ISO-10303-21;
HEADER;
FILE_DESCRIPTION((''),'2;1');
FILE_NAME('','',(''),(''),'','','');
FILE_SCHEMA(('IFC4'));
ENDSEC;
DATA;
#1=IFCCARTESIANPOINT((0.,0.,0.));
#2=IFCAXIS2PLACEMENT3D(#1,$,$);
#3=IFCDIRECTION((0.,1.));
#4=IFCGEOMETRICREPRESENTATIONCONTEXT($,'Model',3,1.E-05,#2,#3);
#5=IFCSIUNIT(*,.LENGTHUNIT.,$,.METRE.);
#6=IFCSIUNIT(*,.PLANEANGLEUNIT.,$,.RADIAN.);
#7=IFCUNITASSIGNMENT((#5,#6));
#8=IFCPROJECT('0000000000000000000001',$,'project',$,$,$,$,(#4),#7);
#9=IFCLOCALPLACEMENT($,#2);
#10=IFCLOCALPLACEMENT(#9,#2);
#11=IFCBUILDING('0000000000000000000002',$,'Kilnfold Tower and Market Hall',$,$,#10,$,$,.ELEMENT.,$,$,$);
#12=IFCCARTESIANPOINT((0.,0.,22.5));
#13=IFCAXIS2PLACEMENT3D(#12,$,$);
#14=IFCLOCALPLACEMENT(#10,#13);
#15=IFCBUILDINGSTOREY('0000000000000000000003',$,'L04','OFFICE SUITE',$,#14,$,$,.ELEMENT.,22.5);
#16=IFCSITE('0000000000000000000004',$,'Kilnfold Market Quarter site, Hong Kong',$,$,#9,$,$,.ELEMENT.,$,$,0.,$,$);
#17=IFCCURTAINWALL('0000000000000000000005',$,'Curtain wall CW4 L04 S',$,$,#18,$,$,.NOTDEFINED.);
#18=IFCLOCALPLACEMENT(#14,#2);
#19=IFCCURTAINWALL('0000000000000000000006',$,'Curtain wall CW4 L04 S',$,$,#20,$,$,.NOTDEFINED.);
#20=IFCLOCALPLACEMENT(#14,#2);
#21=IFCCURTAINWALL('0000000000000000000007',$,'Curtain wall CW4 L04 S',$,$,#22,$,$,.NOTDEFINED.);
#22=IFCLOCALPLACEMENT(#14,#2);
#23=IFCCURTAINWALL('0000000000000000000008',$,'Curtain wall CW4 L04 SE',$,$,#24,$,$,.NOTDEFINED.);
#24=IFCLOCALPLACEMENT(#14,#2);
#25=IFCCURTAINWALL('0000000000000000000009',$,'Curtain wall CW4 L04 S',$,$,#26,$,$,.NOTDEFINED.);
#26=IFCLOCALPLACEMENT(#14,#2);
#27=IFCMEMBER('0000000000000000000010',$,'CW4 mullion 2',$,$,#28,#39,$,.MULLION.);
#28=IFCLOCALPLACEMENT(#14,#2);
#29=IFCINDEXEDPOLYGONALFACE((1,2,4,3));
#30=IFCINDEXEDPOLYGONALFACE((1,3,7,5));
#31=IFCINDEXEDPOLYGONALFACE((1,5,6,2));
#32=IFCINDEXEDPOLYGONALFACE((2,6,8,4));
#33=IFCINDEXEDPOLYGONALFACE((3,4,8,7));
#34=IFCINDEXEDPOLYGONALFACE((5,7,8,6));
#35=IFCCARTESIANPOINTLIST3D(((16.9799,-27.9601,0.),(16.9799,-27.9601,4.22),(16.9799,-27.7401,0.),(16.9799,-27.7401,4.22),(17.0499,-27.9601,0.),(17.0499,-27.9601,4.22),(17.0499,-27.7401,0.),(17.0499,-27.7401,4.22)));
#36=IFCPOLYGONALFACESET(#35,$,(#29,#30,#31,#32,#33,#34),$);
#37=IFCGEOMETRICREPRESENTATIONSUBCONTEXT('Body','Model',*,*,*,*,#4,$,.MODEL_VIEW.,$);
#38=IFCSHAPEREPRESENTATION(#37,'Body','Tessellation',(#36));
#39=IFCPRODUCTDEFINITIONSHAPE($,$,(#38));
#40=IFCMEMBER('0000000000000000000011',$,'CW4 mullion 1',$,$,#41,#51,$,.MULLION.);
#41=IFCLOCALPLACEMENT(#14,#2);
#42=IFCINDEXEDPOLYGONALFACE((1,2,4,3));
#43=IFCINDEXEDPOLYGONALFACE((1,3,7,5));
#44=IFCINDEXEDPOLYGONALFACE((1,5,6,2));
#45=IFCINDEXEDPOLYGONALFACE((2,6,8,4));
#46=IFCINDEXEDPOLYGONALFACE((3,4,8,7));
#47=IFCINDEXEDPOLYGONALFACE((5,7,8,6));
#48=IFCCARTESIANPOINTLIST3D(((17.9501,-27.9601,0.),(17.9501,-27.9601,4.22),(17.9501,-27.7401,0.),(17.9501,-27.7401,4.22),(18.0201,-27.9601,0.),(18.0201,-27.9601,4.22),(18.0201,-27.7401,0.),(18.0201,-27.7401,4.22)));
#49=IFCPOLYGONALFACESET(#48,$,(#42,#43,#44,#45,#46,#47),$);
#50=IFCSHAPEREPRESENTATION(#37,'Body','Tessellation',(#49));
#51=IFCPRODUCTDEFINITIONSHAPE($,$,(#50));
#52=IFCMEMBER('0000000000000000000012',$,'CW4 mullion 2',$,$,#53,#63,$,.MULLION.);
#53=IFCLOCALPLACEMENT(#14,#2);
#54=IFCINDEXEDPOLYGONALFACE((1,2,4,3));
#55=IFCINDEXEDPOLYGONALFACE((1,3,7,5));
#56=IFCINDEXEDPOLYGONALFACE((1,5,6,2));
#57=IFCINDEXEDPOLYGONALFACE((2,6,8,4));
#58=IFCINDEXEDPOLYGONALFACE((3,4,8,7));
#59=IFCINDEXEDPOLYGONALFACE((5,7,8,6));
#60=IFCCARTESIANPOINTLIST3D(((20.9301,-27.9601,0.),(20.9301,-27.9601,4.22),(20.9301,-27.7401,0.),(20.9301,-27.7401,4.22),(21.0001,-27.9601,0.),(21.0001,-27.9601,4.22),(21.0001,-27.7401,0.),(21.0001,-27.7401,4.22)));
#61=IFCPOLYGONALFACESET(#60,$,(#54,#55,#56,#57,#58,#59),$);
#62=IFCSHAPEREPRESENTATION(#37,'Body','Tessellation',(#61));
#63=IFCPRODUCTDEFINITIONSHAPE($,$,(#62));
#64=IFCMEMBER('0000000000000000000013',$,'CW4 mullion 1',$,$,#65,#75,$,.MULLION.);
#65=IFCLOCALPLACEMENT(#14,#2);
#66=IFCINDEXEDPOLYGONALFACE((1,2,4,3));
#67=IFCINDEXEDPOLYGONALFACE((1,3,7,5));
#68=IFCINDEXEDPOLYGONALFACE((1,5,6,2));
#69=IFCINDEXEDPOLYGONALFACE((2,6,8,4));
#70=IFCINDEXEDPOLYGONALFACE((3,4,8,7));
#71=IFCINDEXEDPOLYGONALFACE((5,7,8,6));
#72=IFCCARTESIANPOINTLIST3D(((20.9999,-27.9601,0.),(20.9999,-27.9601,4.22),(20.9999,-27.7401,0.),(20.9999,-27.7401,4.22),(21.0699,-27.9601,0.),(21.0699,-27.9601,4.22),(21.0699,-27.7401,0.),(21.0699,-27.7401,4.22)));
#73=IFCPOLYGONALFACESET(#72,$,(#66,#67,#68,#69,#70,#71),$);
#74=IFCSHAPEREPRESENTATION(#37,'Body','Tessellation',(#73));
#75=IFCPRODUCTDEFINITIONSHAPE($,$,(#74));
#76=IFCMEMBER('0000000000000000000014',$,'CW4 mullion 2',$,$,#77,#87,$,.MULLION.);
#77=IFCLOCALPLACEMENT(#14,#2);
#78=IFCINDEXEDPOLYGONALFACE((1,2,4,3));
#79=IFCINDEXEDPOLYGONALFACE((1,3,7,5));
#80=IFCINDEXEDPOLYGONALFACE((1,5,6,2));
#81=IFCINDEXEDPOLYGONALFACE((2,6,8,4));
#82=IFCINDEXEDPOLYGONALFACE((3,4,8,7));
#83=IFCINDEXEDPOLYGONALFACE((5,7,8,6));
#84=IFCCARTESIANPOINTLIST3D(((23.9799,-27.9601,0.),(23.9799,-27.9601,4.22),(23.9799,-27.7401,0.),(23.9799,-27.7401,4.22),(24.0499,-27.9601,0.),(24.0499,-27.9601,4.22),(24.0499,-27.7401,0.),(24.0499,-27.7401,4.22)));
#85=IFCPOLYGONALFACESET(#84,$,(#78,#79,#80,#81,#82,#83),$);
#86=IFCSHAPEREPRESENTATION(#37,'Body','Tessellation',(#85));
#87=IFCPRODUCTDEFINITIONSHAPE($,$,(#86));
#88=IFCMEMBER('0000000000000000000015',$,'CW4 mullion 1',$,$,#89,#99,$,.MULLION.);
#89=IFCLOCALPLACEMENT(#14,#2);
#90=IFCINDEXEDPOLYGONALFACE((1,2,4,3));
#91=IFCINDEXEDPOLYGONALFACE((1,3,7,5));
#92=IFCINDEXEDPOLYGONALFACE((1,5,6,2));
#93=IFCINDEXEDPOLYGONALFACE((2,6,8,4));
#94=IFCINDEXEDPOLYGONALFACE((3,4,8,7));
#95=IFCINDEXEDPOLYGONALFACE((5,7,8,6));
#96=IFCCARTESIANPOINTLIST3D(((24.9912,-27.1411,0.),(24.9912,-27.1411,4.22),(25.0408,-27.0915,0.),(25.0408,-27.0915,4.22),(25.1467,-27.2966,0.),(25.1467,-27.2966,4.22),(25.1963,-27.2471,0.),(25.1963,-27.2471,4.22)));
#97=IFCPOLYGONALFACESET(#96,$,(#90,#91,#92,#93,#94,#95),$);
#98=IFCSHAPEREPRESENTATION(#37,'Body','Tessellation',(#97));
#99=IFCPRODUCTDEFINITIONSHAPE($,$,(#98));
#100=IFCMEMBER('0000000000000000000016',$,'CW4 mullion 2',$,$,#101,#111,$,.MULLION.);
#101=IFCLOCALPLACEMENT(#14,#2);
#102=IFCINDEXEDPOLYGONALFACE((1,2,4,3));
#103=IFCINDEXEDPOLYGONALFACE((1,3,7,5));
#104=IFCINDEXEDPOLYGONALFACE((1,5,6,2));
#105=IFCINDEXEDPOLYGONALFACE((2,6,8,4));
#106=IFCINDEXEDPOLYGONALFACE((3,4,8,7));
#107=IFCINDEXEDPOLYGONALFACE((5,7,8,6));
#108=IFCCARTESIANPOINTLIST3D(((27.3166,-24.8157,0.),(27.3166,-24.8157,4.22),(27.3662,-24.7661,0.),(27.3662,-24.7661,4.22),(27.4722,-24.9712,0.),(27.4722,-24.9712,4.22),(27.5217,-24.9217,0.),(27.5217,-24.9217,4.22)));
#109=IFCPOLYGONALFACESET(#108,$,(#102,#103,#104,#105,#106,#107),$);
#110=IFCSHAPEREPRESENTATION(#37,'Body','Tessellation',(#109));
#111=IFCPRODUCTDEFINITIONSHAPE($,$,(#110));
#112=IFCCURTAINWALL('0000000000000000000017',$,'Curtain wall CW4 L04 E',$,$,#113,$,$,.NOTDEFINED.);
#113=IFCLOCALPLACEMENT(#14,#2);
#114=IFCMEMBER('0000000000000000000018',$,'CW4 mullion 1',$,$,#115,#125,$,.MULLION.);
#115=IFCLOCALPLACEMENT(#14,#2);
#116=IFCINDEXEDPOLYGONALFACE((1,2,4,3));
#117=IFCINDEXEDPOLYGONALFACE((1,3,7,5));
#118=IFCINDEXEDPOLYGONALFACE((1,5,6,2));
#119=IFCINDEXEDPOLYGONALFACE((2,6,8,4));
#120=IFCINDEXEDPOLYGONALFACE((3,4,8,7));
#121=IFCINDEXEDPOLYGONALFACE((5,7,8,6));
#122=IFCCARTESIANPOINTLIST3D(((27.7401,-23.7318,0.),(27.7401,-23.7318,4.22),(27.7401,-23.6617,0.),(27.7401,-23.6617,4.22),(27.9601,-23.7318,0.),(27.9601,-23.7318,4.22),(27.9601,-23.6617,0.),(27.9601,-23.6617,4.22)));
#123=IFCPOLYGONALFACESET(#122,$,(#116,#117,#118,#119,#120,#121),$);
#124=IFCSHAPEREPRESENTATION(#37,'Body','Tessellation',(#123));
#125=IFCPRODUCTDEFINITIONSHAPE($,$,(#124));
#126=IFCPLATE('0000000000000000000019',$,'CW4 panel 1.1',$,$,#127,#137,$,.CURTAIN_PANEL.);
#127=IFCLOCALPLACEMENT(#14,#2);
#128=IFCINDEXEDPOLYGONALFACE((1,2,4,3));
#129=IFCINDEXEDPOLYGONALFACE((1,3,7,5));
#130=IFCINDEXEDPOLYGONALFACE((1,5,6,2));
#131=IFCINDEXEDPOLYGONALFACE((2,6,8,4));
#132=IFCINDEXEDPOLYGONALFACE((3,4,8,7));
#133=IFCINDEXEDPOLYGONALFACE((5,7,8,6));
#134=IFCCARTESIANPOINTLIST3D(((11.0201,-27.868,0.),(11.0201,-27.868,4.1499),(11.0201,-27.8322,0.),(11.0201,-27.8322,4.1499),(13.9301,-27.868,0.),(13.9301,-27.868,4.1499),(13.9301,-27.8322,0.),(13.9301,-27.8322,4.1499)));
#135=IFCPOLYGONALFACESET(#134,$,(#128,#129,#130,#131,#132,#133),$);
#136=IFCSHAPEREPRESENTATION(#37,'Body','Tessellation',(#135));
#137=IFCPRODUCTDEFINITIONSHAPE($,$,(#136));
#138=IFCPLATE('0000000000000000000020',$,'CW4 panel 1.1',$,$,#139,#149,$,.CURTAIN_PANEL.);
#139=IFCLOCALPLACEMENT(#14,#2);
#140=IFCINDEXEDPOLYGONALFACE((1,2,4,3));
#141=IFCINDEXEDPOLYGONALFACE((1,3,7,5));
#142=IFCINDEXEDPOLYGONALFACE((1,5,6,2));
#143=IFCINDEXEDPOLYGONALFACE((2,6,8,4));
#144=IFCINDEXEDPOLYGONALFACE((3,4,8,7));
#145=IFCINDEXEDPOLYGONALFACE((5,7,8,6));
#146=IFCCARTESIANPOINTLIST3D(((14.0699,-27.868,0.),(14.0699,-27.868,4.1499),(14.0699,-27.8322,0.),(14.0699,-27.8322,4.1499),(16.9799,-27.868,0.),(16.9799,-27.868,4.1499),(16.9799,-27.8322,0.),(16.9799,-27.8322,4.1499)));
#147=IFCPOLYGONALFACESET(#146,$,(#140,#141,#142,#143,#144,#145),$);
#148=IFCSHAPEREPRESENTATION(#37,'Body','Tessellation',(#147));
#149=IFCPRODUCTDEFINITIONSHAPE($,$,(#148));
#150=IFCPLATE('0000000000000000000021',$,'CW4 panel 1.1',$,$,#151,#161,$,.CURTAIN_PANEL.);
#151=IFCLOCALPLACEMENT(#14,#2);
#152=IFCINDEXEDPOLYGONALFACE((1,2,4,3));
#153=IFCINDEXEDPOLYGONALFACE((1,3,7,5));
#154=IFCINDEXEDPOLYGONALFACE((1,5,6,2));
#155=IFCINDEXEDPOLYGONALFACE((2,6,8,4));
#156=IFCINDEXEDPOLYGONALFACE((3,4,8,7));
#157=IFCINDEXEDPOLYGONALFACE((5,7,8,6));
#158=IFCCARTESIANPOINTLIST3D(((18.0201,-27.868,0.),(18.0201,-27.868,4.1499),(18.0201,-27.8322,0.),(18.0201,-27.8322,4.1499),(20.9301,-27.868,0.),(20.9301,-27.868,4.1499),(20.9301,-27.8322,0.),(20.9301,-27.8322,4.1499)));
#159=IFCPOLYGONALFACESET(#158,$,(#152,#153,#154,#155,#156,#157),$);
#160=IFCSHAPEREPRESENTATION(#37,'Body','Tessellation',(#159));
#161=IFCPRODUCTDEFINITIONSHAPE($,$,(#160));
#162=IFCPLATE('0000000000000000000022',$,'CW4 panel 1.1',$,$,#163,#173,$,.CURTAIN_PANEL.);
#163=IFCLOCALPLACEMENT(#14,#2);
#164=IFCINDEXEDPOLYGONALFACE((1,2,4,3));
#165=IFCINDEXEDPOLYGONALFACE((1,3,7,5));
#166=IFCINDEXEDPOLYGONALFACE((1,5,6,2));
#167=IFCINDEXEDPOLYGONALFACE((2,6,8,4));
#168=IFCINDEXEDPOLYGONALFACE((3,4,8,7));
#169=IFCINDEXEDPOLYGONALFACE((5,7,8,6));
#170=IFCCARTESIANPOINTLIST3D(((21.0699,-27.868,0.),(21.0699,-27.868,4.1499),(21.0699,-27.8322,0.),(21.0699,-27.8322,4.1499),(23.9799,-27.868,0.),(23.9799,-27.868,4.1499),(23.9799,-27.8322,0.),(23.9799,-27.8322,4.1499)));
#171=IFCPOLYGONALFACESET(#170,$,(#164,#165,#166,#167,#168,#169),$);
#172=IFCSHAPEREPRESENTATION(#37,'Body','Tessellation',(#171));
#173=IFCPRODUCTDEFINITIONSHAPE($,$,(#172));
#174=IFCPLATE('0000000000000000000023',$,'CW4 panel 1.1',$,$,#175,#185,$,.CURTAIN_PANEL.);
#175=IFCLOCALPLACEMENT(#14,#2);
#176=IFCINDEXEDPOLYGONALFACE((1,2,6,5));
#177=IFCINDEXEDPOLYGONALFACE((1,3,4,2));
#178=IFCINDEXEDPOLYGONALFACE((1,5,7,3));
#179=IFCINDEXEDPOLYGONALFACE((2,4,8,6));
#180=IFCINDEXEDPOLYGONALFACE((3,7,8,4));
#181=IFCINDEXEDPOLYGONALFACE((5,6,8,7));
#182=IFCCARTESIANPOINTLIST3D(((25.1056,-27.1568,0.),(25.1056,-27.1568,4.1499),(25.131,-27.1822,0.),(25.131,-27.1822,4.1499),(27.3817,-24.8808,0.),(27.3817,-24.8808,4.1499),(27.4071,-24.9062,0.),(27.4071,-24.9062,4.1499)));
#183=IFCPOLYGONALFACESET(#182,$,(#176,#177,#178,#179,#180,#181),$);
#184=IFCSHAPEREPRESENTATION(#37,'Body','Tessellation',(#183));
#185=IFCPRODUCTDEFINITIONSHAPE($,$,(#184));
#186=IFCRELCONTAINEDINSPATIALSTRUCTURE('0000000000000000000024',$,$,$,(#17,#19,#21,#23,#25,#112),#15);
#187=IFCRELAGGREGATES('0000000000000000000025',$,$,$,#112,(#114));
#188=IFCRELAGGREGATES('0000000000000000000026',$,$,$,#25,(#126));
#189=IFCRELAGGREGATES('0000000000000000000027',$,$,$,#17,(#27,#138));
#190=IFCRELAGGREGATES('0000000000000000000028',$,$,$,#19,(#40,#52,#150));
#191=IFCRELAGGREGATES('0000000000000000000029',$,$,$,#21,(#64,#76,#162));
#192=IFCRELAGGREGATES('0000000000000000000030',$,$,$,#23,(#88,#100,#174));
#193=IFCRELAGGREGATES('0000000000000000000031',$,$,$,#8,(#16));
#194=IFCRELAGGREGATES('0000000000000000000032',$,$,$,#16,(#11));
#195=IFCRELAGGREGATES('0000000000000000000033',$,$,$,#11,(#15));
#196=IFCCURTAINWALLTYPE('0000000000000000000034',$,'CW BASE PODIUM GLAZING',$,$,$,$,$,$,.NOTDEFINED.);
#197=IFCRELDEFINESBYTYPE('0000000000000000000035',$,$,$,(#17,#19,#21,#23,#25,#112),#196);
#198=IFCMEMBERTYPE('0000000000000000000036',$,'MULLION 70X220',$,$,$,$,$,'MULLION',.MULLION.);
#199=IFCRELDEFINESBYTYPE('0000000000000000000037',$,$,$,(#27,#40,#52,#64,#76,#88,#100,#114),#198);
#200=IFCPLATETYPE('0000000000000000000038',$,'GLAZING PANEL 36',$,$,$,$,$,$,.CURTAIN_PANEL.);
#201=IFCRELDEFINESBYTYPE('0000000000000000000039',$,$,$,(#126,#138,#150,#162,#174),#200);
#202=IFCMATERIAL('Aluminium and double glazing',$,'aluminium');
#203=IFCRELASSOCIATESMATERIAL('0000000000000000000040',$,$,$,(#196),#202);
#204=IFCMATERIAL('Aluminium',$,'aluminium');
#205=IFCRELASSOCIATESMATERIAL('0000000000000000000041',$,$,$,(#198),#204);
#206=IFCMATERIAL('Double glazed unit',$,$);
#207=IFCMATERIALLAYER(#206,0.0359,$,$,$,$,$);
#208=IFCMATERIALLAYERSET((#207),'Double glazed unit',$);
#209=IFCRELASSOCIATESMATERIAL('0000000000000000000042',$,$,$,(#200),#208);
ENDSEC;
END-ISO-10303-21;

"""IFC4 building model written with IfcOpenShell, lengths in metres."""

from ifc_helpers import new_model, si_unit, direction, frame, origin, origin_2d, place, context, subcontext, project, spatial, rectangle, extrude, source, transform, mapped, material, layer, layer_set, material_profile, profile_set, type_object, element, aggregate, save


model = new_model("IFC4")

# Units and contexts
model_context = context("Model", 3, precision=1e-05, world=origin(), true_north=direction((0.0, 1.0)))
body_context = subcontext(model_context, "Body", "Model", "MODEL_VIEW")
ifc_project = project(units=[si_unit("LENGTHUNIT", "METRE"), si_unit("PLANEANGLEUNIT", "RADIAN")], contexts=[model_context])

# Site, building, storey
site_placement = place(None, origin())
site = spatial("IfcSite", under=ifc_project, at=site_placement, Name="Kilnfold Market Quarter site, Hong Kong", CompositionType="ELEMENT", RefElevation=0.0)
building_placement = place(site_placement, origin())
building = spatial("IfcBuilding", under=site, at=building_placement, Name="Kilnfold Tower and Market Hall", CompositionType="ELEMENT")
storey_placement = place(building_placement, frame((0.0, 0.0, 22.5)))
storey = spatial("IfcBuildingStorey", under=building, at=storey_placement, Name="L04", Description="OFFICE SUITE", CompositionType="ELEMENT", Elevation=22.5)

# Curtain walls
ifc_material_1 = material(Name="Aluminium and double glazing", Category="aluminium")
curtain_wall_type = type_object("IfcCurtainWallType", Name="CW BASE PODIUM GLAZING", PredefinedType="NOTDEFINED", material=ifc_material_1)
curtain_wall_1_placement = place(storey_placement, origin())
curtain_wall_1 = element("IfcCurtainWall", 1, at=curtain_wall_1_placement, inside=storey, type_object=curtain_wall_type, Name="Curtain wall CW4 L04 S", PredefinedType="NOTDEFINED")
curtain_wall_2_placement = place(storey_placement, origin())
curtain_wall_2 = element("IfcCurtainWall", 2, at=curtain_wall_2_placement, inside=storey, type_object=curtain_wall_type, Name="Curtain wall CW4 L04 S", PredefinedType="NOTDEFINED")
curtain_wall_3_placement = place(storey_placement, origin())
curtain_wall_3 = element("IfcCurtainWall", 3, at=curtain_wall_3_placement, inside=storey, type_object=curtain_wall_type, Name="Curtain wall CW4 L04 S", PredefinedType="NOTDEFINED")
curtain_wall_4_placement = place(storey_placement, origin())
curtain_wall_4 = element("IfcCurtainWall", 4, at=curtain_wall_4_placement, inside=storey, type_object=curtain_wall_type, Name="Curtain wall CW4 L04 SE", PredefinedType="NOTDEFINED")
curtain_wall_5_placement = place(storey_placement, origin())
curtain_wall_5 = element("IfcCurtainWall", 5, at=curtain_wall_5_placement, inside=storey, type_object=curtain_wall_type, Name="Curtain wall CW4 L04 S", PredefinedType="NOTDEFINED")
ifc_material_2 = material(Name="Aluminium", Category="aluminium")
ifc_material_profile_1 = material_profile(ifc_material_2, rectangle(XDim=0.0701, YDim=0.22, at=origin_2d()), Name="MULLION 70x220")
ifc_profile_set_1 = profile_set([ifc_material_profile_1], Name="Aluminium")
member_type_1 = type_object("IfcMemberType", Name="MULLION 70X220", ElementType="MULLION", PredefinedType="MULLION", material=ifc_profile_set_1)
shared_shape_1 = source(origin(), body_context, "Body", "SweptSolid", [
    extrude(rectangle(XDim=0.0701, YDim=0.22, at=origin_2d()), origin(), (0.0, 0.0, 1.0), 4.22),
])

# Members
member_1_placement = place(storey_placement, frame((17.0149, -27.8501, 0.0), z_axis=(0.0, 0.0, 1.0), x_axis=(1.0, 0.0, 0.0)))
member_1 = element("IfcMember", 6, at=member_1_placement, type_object=member_type_1, Name="CW4 mullion 2", PredefinedType="MULLION", context=body_context, shape_type="MappedRepresentation", body=[
    mapped(shared_shape_1, transform((0.0, 0.0, 0.0))),
])
member_2_placement = place(storey_placement, frame((17.9851, -27.8501, 0.0), z_axis=(0.0, 0.0, 1.0), x_axis=(1.0, 0.0, 0.0)))
member_2 = element("IfcMember", 7, at=member_2_placement, type_object=member_type_1, Name="CW4 mullion 1", PredefinedType="MULLION", context=body_context, shape_type="MappedRepresentation", body=[
    mapped(shared_shape_1, transform((0.0, 0.0, 0.0))),
])
member_3_placement = place(storey_placement, frame((20.9651, -27.8501, 0.0), z_axis=(0.0, 0.0, 1.0), x_axis=(1.0, 0.0, 0.0)))
member_3 = element("IfcMember", 8, at=member_3_placement, type_object=member_type_1, Name="CW4 mullion 2", PredefinedType="MULLION", context=body_context, shape_type="MappedRepresentation", body=[
    mapped(shared_shape_1, transform((0.0, 0.0, 0.0))),
])
member_4_placement = place(storey_placement, frame((21.0349, -27.8501, 0.0), z_axis=(0.0, 0.0, 1.0), x_axis=(1.0, 0.0, 0.0)))
member_4 = element("IfcMember", 9, at=member_4_placement, type_object=member_type_1, Name="CW4 mullion 1", PredefinedType="MULLION", context=body_context, shape_type="MappedRepresentation", body=[
    mapped(shared_shape_1, transform((0.0, 0.0, 0.0))),
])
member_5_placement = place(storey_placement, frame((24.0149, -27.8501, 0.0), z_axis=(0.0, 0.0, 1.0), x_axis=(1.0, 0.0, 0.0)))
member_5 = element("IfcMember", 10, at=member_5_placement, type_object=member_type_1, Name="CW4 mullion 2", PredefinedType="MULLION", context=body_context, shape_type="MappedRepresentation", body=[
    mapped(shared_shape_1, transform((0.0, 0.0, 0.0))),
])
member_6_placement = place(storey_placement, frame((25.0938, -27.1941, 0.0), z_axis=(0.0, 0.0, 1.0), x_axis=(0.707122, 0.707092, 0.0)))
member_6 = element("IfcMember", 11, at=member_6_placement, type_object=member_type_1, Name="CW4 mullion 1", PredefinedType="MULLION", context=body_context, shape_type="MappedRepresentation", body=[
    mapped(shared_shape_1, transform((0.0, 0.0, 0.0))),
])
member_7_placement = place(storey_placement, frame((27.4192, -24.8687, 0.0), z_axis=(0.0, 0.0, 1.0), x_axis=(0.707122, 0.707092, 0.0)))
member_7 = element("IfcMember", 12, at=member_7_placement, type_object=member_type_1, Name="CW4 mullion 2", PredefinedType="MULLION", context=body_context, shape_type="MappedRepresentation", body=[
    mapped(shared_shape_1, transform((0.0, 0.0, 0.0))),
])

# Curtain wall, member
curtain_wall_6_placement = place(storey_placement, origin())
curtain_wall_6 = element("IfcCurtainWall", 13, at=curtain_wall_6_placement, inside=storey, type_object=curtain_wall_type, Name="Curtain wall CW4 L04 E", PredefinedType="NOTDEFINED")
member_8_placement = place(storey_placement, frame((27.8501, -23.6968, 0.0), z_axis=(0.0, 0.0, 1.0), x_axis=(0.0, 1.0, 0.0)))
member_8 = element("IfcMember", 14, at=member_8_placement, type_object=member_type_1, Name="CW4 mullion 1", PredefinedType="MULLION", context=body_context, shape_type="MappedRepresentation", body=[
    mapped(shared_shape_1, transform((0.0, 0.0, 0.0))),
])
aggregate(curtain_wall_6, [member_8])

# Plates
ifc_material_3 = material(Name="Double glazed unit")
ifc_layer = layer(ifc_material_3, 0.0359)
ifc_layer_set = layer_set([ifc_layer], Name="Double glazed unit")
plate_type = type_object("IfcPlateType", Name="GLAZING PANEL 36", PredefinedType="CURTAIN_PANEL", material=ifc_layer_set)
shared_shape_2 = source(origin(), body_context, "Body", "SweptSolid", [
    extrude(rectangle(XDim=2.9099, YDim=0.0359, at=origin_2d()), origin(), (0.0, 0.0, 1.0), 4.1499),
])
plate_1_placement = place(storey_placement, frame((12.4751, -27.8501, 0.0), z_axis=(0.0, 0.0, 1.0), x_axis=(1.0, 0.0, 0.0)))
plate_1 = element("IfcPlate", 15, at=plate_1_placement, type_object=plate_type, Name="CW4 panel 1.1", PredefinedType="CURTAIN_PANEL", context=body_context, shape_type="MappedRepresentation", body=[
    mapped(shared_shape_2, transform((0.0, 0.0, 0.0))),
])
aggregate(curtain_wall_5, [plate_1])
plate_2_placement = place(storey_placement, frame((15.5249, -27.8501, 0.0), z_axis=(0.0, 0.0, 1.0), x_axis=(1.0, 0.0, 0.0)))
plate_2 = element("IfcPlate", 16, at=plate_2_placement, type_object=plate_type, Name="CW4 panel 1.1", PredefinedType="CURTAIN_PANEL", context=body_context, shape_type="MappedRepresentation", body=[
    mapped(shared_shape_2, transform((0.0, 0.0, 0.0))),
])
aggregate(curtain_wall_1, [member_1, plate_2])
plate_3_placement = place(storey_placement, frame((19.4751, -27.8501, 0.0), z_axis=(0.0, 0.0, 1.0), x_axis=(1.0, 0.0, 0.0)))
plate_3 = element("IfcPlate", 17, at=plate_3_placement, type_object=plate_type, Name="CW4 panel 1.1", PredefinedType="CURTAIN_PANEL", context=body_context, shape_type="MappedRepresentation", body=[
    mapped(shared_shape_2, transform((0.0, 0.0, 0.0))),
])
aggregate(curtain_wall_2, [member_2, member_3, plate_3])
plate_4_placement = place(storey_placement, frame((22.5249, -27.8501, 0.0), z_axis=(0.0, 0.0, 1.0), x_axis=(1.0, 0.0, 0.0)))
plate_4 = element("IfcPlate", 18, at=plate_4_placement, type_object=plate_type, Name="CW4 panel 1.1", PredefinedType="CURTAIN_PANEL", context=body_context, shape_type="MappedRepresentation", body=[
    mapped(shared_shape_2, transform((0.0, 0.0, 0.0))),
])
aggregate(curtain_wall_3, [member_4, member_5, plate_4])
shared_shape_3 = source(origin(), body_context, "Body", "SweptSolid", [
    extrude(rectangle(XDim=3.2188, YDim=0.0359, at=origin_2d()), origin(), (0.0, 0.0, 1.0), 4.1499),
])
plate_5_placement = place(storey_placement, frame((26.2563, -26.0315, 0.0), z_axis=(0.0, 0.0, 1.0), x_axis=(0.707122, 0.707092, 0.0)))
plate_5 = element("IfcPlate", 19, at=plate_5_placement, type_object=plate_type, Name="CW4 panel 1.1", PredefinedType="CURTAIN_PANEL", context=body_context, shape_type="MappedRepresentation", body=[
    mapped(shared_shape_3, transform((0.0, 0.0, 0.0))),
])
aggregate(curtain_wall_4, [member_6, member_7, plate_5])

save(model, "model.ifc")
